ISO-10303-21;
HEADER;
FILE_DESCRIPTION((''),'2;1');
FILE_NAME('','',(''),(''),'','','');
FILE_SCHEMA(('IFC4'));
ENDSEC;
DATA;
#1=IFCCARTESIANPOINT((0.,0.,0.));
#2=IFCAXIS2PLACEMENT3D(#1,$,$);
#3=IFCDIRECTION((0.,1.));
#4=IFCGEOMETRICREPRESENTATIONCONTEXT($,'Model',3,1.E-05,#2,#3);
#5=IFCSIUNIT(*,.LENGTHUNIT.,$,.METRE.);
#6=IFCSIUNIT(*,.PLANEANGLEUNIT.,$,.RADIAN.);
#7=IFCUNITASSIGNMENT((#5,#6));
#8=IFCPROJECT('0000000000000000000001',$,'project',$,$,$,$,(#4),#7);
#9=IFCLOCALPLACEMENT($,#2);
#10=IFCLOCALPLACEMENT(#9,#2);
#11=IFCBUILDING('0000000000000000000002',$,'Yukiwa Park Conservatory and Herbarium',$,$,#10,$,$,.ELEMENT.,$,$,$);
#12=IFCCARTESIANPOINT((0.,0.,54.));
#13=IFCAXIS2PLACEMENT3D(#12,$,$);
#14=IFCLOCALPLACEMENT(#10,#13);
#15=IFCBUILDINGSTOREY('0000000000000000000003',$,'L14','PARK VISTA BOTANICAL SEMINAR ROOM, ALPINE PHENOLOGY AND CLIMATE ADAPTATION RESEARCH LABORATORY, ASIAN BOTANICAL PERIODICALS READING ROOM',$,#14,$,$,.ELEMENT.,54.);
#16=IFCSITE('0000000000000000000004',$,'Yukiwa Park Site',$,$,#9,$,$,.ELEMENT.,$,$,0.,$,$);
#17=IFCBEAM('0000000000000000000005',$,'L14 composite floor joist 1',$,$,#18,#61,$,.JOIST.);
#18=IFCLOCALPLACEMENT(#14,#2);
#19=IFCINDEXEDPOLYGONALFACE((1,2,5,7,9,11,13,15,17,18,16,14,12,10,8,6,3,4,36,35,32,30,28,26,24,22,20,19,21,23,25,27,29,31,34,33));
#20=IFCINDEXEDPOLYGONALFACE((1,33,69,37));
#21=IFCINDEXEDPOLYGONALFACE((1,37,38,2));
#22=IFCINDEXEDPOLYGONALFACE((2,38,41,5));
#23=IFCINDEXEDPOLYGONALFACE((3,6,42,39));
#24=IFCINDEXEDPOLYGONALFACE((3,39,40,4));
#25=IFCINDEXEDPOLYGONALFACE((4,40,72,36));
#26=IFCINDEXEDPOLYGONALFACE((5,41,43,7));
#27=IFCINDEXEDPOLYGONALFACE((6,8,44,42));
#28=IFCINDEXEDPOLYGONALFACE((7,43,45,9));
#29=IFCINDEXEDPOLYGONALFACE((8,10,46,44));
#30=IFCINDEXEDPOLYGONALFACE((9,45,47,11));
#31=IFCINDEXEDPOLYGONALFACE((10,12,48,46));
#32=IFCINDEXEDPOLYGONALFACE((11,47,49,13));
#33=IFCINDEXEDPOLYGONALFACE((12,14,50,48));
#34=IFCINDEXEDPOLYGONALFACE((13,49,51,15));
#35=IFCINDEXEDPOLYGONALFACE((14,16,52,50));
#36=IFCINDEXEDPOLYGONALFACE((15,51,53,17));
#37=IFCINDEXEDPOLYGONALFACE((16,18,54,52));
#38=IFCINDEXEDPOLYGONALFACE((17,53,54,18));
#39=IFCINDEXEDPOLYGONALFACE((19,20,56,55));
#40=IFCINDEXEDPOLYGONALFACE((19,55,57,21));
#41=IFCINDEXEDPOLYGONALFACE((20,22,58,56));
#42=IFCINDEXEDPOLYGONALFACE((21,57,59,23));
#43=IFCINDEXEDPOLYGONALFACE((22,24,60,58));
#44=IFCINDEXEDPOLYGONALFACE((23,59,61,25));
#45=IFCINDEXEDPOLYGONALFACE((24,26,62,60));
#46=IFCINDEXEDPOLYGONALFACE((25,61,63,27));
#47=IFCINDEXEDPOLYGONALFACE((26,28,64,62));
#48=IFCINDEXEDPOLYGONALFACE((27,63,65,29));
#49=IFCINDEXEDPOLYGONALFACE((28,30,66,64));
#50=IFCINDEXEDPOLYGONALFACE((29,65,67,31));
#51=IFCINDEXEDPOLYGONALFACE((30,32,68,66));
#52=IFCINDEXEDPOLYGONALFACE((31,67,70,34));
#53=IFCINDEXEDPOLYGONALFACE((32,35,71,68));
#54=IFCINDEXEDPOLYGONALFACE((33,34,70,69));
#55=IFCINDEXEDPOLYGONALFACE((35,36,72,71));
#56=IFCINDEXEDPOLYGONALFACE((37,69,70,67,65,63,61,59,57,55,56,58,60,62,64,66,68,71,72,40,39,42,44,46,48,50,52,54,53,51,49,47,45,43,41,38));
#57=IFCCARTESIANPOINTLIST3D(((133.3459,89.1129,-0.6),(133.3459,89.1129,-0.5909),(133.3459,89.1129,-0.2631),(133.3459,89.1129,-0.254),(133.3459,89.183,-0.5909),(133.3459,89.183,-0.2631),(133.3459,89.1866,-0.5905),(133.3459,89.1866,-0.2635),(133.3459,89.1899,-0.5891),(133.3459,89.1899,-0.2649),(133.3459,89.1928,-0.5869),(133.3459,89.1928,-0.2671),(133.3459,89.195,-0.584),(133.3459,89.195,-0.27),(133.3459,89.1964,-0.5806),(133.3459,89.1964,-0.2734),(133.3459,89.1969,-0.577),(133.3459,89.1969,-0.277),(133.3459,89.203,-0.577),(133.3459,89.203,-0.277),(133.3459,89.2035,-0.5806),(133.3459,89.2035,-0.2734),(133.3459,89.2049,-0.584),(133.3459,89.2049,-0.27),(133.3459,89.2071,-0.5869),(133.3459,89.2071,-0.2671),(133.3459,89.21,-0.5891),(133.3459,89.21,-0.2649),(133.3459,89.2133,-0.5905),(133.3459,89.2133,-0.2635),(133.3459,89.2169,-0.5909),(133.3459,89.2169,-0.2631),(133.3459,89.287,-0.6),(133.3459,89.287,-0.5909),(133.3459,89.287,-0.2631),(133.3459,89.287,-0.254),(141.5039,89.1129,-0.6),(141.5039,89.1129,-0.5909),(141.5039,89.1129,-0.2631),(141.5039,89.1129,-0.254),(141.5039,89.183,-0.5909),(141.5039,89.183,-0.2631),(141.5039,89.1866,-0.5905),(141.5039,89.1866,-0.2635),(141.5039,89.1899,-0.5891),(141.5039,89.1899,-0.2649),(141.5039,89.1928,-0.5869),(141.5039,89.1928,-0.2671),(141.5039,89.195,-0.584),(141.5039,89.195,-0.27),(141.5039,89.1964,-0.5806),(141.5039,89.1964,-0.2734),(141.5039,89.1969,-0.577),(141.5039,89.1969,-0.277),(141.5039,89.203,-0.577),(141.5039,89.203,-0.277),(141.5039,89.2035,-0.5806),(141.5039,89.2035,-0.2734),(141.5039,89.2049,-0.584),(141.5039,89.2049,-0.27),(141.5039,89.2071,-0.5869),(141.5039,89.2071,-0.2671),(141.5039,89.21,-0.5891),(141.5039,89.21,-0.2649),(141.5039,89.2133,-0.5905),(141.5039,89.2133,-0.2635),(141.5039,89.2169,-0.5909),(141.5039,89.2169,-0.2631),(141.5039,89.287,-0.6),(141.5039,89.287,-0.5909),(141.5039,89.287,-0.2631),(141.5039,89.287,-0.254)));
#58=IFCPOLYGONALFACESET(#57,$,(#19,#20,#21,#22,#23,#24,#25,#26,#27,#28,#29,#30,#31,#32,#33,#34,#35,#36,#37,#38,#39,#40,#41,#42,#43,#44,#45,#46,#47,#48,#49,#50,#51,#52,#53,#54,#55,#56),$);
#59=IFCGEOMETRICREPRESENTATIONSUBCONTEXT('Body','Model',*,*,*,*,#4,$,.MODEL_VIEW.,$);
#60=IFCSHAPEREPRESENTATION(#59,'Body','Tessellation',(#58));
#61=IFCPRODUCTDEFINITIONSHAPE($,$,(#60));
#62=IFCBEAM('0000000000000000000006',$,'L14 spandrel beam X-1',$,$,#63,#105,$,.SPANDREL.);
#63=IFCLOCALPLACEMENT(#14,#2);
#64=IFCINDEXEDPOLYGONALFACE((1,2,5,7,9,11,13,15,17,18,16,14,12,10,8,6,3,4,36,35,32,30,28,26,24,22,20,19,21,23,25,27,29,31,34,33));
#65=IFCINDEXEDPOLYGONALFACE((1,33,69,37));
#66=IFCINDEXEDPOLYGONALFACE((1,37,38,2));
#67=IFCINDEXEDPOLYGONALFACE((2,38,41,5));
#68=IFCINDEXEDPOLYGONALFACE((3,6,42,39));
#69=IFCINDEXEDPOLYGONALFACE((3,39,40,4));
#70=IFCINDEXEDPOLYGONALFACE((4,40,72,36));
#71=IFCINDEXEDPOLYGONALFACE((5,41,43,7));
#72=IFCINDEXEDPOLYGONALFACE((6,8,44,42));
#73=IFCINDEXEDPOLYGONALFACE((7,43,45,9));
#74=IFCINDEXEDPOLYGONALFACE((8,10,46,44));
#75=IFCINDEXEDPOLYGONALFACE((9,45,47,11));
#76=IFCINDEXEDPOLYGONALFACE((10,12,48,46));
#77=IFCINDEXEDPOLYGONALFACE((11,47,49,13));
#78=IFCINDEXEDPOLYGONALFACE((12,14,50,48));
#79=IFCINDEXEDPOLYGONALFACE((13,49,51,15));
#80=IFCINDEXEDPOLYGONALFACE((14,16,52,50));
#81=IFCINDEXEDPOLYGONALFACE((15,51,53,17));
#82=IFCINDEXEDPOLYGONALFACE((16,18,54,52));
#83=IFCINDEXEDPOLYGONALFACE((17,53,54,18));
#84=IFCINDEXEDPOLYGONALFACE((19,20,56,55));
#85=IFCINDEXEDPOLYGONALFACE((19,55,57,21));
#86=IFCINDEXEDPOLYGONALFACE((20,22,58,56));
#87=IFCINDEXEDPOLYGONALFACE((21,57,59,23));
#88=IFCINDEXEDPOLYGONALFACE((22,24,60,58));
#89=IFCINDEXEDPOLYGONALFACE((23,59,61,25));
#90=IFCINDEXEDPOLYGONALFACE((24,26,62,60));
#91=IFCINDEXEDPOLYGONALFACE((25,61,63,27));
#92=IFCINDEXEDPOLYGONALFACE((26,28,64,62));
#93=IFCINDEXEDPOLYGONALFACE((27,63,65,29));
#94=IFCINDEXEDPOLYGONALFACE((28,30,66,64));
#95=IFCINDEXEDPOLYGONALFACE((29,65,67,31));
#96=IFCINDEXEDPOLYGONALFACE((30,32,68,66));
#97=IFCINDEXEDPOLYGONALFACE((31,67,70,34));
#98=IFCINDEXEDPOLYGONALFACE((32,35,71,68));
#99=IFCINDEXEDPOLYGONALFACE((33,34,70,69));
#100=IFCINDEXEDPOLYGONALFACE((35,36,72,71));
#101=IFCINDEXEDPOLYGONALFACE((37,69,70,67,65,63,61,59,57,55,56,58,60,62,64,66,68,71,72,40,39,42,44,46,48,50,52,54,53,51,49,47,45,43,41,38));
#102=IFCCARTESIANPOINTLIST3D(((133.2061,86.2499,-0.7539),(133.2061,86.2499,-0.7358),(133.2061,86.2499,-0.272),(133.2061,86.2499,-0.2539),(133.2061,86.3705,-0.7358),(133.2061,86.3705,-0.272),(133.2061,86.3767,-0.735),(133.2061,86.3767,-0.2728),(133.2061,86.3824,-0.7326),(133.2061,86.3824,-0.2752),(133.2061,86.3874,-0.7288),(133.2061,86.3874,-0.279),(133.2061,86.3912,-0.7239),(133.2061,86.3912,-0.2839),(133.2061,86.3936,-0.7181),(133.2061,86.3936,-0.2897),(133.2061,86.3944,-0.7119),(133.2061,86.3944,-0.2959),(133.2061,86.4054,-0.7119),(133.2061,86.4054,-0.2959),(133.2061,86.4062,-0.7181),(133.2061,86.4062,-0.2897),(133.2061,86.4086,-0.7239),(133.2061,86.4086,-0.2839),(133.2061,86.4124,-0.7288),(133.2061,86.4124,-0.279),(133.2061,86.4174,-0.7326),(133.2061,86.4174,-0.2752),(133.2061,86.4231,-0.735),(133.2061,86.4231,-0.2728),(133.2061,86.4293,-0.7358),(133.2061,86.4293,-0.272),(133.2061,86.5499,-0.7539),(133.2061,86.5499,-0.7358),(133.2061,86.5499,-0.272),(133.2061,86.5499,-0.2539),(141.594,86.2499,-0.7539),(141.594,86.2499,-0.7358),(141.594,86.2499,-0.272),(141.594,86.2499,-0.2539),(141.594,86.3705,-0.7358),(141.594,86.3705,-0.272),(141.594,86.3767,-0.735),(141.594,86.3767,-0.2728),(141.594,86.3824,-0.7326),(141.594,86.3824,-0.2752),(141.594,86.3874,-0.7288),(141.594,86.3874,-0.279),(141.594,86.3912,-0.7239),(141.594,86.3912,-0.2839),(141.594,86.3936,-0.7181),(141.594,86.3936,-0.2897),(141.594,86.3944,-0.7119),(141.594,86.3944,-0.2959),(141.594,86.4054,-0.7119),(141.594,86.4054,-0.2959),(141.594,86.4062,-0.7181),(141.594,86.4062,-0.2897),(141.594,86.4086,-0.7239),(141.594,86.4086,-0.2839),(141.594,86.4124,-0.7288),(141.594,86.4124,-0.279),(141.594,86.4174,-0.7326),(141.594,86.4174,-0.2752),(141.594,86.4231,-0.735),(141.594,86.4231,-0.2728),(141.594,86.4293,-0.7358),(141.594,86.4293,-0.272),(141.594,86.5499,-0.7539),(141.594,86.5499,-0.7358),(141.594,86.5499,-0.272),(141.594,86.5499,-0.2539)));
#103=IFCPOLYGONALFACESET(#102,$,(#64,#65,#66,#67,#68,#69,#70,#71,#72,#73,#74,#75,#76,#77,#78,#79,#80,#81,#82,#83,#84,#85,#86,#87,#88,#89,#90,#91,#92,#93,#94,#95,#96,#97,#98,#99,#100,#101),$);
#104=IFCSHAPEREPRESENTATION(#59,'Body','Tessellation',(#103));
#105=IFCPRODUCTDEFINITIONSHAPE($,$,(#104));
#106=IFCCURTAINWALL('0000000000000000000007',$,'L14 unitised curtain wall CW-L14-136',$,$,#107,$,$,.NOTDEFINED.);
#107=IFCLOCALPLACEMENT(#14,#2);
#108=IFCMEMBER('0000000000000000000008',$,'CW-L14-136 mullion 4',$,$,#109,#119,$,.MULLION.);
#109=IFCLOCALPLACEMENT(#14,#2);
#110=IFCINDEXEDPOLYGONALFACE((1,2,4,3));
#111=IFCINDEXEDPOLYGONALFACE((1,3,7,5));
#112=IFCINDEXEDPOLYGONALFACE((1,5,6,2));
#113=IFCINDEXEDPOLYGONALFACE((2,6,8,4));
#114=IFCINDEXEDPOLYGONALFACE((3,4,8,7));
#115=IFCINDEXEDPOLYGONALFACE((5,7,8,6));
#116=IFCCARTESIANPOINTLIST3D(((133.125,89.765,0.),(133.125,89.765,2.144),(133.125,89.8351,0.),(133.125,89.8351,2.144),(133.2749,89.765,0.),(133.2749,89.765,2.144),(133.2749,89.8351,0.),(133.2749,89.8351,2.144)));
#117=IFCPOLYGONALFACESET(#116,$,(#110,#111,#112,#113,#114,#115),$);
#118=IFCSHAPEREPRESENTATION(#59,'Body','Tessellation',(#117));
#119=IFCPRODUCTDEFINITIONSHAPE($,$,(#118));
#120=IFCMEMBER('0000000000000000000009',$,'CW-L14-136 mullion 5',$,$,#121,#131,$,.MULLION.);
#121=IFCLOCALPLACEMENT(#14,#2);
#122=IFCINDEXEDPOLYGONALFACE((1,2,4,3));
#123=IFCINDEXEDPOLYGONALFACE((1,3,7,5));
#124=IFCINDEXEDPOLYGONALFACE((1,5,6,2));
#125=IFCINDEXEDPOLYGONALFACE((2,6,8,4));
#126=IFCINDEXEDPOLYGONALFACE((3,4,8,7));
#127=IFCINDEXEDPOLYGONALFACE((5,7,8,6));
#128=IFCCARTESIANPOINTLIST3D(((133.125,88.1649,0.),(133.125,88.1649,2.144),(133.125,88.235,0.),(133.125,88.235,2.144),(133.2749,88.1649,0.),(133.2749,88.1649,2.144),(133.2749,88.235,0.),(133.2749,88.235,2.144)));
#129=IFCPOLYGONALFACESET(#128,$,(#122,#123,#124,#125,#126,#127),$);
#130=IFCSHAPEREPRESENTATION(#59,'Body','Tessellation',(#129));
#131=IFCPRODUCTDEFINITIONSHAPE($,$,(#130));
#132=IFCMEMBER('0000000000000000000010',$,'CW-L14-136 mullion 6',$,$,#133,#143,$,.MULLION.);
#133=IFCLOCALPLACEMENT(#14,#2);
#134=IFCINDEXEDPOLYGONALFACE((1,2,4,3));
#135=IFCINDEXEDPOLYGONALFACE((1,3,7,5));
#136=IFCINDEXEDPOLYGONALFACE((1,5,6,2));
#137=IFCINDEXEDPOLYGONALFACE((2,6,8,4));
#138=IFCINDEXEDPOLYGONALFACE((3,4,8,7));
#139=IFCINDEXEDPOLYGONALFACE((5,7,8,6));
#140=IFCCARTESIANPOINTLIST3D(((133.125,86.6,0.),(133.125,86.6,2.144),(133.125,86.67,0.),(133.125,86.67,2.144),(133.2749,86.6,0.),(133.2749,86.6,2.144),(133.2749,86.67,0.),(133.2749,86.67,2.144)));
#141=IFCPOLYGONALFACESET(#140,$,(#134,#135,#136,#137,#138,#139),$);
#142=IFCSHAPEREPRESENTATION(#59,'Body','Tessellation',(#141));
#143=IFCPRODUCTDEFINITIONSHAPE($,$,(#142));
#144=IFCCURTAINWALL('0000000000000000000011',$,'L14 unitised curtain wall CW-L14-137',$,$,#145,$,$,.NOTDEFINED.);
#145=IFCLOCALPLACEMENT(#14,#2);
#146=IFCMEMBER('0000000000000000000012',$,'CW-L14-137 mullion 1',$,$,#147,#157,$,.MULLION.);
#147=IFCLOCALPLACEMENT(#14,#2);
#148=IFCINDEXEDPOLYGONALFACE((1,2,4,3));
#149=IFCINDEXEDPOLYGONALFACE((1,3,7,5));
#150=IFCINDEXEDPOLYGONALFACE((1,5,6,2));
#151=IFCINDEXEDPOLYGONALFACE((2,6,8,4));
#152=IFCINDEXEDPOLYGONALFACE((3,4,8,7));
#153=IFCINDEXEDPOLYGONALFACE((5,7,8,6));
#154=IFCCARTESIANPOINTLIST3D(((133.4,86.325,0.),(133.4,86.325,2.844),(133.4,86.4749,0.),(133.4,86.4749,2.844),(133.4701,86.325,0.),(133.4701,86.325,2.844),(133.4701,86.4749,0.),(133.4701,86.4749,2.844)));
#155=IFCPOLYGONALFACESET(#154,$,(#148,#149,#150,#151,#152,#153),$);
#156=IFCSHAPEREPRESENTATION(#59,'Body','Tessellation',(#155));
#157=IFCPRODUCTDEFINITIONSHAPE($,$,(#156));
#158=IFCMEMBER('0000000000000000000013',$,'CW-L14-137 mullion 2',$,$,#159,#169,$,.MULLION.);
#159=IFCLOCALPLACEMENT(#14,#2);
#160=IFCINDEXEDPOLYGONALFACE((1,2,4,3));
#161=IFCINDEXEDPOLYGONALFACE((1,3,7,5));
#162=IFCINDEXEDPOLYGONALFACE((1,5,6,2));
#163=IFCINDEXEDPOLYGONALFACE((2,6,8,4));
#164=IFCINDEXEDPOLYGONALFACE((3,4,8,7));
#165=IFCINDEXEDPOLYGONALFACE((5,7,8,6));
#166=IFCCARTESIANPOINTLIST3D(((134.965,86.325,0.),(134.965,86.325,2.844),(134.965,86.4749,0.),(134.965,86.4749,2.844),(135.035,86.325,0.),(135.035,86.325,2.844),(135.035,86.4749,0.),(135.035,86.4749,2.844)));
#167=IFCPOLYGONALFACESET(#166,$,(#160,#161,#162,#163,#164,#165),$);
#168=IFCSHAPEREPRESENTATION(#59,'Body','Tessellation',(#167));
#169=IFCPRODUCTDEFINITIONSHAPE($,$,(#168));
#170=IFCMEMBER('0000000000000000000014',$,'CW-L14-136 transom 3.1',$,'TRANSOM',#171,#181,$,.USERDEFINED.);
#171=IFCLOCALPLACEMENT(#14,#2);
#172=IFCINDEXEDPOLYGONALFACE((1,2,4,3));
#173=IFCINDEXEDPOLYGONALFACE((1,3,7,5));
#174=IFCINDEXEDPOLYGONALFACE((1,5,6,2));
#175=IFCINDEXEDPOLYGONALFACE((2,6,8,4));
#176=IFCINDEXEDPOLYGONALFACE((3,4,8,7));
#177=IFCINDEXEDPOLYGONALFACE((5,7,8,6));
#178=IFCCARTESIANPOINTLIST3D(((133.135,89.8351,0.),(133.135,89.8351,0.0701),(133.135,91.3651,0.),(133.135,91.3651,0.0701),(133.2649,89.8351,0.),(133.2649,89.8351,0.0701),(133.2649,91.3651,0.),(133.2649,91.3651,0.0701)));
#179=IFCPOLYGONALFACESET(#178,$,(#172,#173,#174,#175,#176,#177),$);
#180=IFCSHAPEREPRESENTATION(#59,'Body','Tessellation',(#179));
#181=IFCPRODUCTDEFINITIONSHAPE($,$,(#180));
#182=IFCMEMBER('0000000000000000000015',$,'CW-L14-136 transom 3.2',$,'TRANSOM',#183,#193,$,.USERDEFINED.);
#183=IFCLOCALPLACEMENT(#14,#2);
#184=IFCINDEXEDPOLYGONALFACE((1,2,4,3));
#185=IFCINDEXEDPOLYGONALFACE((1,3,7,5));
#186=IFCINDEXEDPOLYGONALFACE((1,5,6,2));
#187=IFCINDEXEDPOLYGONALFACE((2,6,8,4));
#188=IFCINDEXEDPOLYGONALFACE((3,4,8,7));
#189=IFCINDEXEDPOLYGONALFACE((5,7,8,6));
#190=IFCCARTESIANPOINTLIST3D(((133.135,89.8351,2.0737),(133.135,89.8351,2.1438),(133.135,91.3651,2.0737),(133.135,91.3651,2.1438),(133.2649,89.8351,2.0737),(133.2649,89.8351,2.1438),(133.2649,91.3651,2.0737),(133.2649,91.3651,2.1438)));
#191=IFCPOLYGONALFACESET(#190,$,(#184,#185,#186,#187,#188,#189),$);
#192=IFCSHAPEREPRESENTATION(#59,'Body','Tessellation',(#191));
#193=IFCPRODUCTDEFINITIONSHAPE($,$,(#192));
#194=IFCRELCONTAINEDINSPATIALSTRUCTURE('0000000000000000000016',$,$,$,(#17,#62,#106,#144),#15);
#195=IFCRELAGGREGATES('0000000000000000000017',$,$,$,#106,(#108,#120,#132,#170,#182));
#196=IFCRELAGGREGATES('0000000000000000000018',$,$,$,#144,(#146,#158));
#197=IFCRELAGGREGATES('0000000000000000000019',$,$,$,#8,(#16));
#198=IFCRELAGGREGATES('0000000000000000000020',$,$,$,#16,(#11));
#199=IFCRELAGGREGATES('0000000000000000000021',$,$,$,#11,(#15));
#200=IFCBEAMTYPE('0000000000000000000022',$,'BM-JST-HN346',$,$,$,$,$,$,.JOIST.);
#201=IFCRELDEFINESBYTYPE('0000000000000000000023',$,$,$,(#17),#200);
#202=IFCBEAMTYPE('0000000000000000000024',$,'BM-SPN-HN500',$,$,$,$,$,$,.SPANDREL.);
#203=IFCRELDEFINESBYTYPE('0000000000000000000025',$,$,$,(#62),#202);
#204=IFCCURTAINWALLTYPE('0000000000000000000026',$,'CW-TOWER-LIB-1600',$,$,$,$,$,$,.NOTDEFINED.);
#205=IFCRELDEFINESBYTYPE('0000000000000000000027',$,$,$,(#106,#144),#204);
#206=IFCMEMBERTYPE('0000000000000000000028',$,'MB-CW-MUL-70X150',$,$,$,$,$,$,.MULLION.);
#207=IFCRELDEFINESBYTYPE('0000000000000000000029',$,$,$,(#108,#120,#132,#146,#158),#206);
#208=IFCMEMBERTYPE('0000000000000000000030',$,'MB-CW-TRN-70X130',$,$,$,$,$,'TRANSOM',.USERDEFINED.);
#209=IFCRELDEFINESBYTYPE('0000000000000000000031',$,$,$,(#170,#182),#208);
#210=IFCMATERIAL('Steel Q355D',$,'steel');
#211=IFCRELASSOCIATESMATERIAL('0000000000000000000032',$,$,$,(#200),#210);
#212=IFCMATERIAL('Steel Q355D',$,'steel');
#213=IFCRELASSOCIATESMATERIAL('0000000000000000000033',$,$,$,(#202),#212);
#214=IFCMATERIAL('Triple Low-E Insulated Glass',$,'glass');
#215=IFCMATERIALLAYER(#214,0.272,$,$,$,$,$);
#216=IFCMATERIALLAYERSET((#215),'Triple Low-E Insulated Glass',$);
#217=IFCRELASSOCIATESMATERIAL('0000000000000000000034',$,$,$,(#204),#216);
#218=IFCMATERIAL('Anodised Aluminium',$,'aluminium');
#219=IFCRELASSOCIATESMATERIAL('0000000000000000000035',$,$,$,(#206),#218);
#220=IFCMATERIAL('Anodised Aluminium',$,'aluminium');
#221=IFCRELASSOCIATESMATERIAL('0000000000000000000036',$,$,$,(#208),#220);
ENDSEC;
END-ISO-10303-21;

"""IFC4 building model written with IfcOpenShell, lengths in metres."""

from ifc_helpers import new_model, si_unit, direction, frame, origin, origin_2d, place, context, subcontext, project, spatial, rectangle, i_section, extrude, material, layer, layer_set, material_profile, profile_set, type_object, element, aggregate, save


model = new_model("IFC4")

# Units and contexts
model_context = context("Model", 3, precision=1e-05, world=origin(), true_north=direction((0.0, 1.0)))
body_context = subcontext(model_context, "Body", "Model", "MODEL_VIEW")
ifc_project = project(units=[si_unit("LENGTHUNIT", "METRE"), si_unit("PLANEANGLEUNIT", "RADIAN")], contexts=[model_context])

# Site, building, storey
site_placement = place(None, origin())
site = spatial("IfcSite", under=ifc_project, at=site_placement, Name="Yukiwa Park Site", CompositionType="ELEMENT", RefElevation=0.0)
building_placement = place(site_placement, origin())
building = spatial("IfcBuilding", under=site, at=building_placement, Name="Yukiwa Park Conservatory and Herbarium", CompositionType="ELEMENT")
storey_placement = place(building_placement, frame((0.0, 0.0, 54.0)))
storey = spatial("IfcBuildingStorey", under=building, at=storey_placement, Name="L14", Description="PARK VISTA BOTANICAL SEMINAR ROOM, ALPINE PHENOLOGY AND CLIMATE ADAPTATION RESEARCH LABORATORY, ASIAN BOTANICAL PERIODICALS READING ROOM", CompositionType="ELEMENT", Elevation=54.0)

# Beams
ifc_material_1 = material(Name="Steel Q355D", Category="steel")
ifc_material_profile_1 = material_profile(ifc_material_1, i_section(OverallWidth=0.1741, OverallDepth=0.3459, WebThickness=0.0061, FlangeThickness=0.009, FilletRadius=0.0139, at=origin_2d()), Name="HN 346x174x6x9")
ifc_profile_set_1 = profile_set([ifc_material_profile_1], Name="Steel Q355D")
beam_type_1 = type_object("IfcBeamType", Name="BM-JST-HN346", PredefinedType="JOIST", material=ifc_profile_set_1)
beam_1_placement = place(storey_placement, frame((133.3459, 89.2, -0.427), z_axis=(1.0, 0.0, 0.0), x_axis=(0.0, 1.0, 0.0)))
element("IfcBeam", 1, at=beam_1_placement, inside=storey, type_object=beam_type_1, Name="L14 composite floor joist 1", PredefinedType="JOIST", context=body_context, shape_type="SweptSolid", body=[
    extrude(i_section(OverallWidth=0.1741, OverallDepth=0.3459, WebThickness=0.0061, FlangeThickness=0.009, FilletRadius=0.0139, at=origin_2d()), origin(), (0.0, 0.0, 1.0), 8.158),
])
ifc_material_2 = material(Name="Steel Q355D", Category="steel")
ifc_material_profile_2 = material_profile(ifc_material_2, i_section(OverallWidth=0.3, OverallDepth=0.5, WebThickness=0.011, FlangeThickness=0.0181, FilletRadius=0.0239, at=origin_2d()), Name="HM 500x300x11x18")
ifc_profile_set_2 = profile_set([ifc_material_profile_2], Name="Steel Q355D")
beam_type_2 = type_object("IfcBeamType", Name="BM-SPN-HN500", PredefinedType="SPANDREL", material=ifc_profile_set_2)
beam_2_placement = place(storey_placement, frame((133.2061, 86.3999, -0.5039), z_axis=(1.0, 0.0, 0.0), x_axis=(0.0, 1.0, 0.0)))
element("IfcBeam", 2, at=beam_2_placement, inside=storey, type_object=beam_type_2, Name="L14 spandrel beam X-1", PredefinedType="SPANDREL", context=body_context, shape_type="SweptSolid", body=[
    extrude(i_section(OverallWidth=0.3, OverallDepth=0.5, WebThickness=0.011, FlangeThickness=0.0181, FilletRadius=0.0239, at=origin_2d()), origin(), (0.0, 0.0, 1.0), 8.3879),
])

# Curtain walls, members
ifc_material_3 = material(Name="Triple Low-E Insulated Glass", Category="glass")
ifc_layer_1 = layer(ifc_material_3, 0.272)
ifc_layer_set_1 = layer_set([ifc_layer_1], Name="Triple Low-E Insulated Glass")
curtain_wall_type = type_object("IfcCurtainWallType", Name="CW-TOWER-LIB-1600", PredefinedType="NOTDEFINED", material=ifc_layer_set_1)
curtain_wall_1_placement = place(storey_placement, origin())
curtain_wall_1 = element("IfcCurtainWall", 3, at=curtain_wall_1_placement, inside=storey, type_object=curtain_wall_type, Name="L14 unitised curtain wall CW-L14-136", PredefinedType="NOTDEFINED")
ifc_material_4 = material(Name="Anodised Aluminium", Category="aluminium")
member_type_1 = type_object("IfcMemberType", Name="MB-CW-MUL-70X150", PredefinedType="MULLION", material=ifc_material_4)
member_1_placement = place(storey_placement, frame((133.2, 89.8, 0.0), z_axis=(0.0, 0.0, 1.0), x_axis=(0.0, -1.0, 0.0)))
member_1 = element("IfcMember", 4, at=member_1_placement, type_object=member_type_1, Name="CW-L14-136 mullion 4", PredefinedType="MULLION", context=body_context, shape_type="SweptSolid", body=[
    extrude(rectangle(XDim=0.0701, YDim=0.1499, at=origin_2d()), origin(), (0.0, 0.0, 1.0), 2.144),
])
member_2_placement = place(storey_placement, frame((133.2, 88.2, 0.0), z_axis=(0.0, 0.0, 1.0), x_axis=(0.0, -1.0, 0.0)))
member_2 = element("IfcMember", 5, at=member_2_placement, type_object=member_type_1, Name="CW-L14-136 mullion 5", PredefinedType="MULLION", context=body_context, shape_type="SweptSolid", body=[
    extrude(rectangle(XDim=0.0701, YDim=0.1499, at=origin_2d()), origin(), (0.0, 0.0, 1.0), 2.144),
])
member_3_placement = place(storey_placement, frame((133.2, 86.635, 0.0), z_axis=(0.0, 0.0, 1.0), x_axis=(0.0, -1.0, 0.0)))
member_3 = element("IfcMember", 6, at=member_3_placement, type_object=member_type_1, Name="CW-L14-136 mullion 6", PredefinedType="MULLION", context=body_context, shape_type="SweptSolid", body=[
    extrude(rectangle(XDim=0.0701, YDim=0.1499, at=origin_2d()), origin(), (0.0, 0.0, 1.0), 2.144),
])
curtain_wall_2_placement = place(storey_placement, origin())
curtain_wall_2 = element("IfcCurtainWall", 7, at=curtain_wall_2_placement, inside=storey, type_object=curtain_wall_type, Name="L14 unitised curtain wall CW-L14-137", PredefinedType="NOTDEFINED")
member_4_placement = place(storey_placement, frame((133.4351, 86.3999, 0.0), z_axis=(0.0, 0.0, 1.0), x_axis=(1.0, 0.0, 0.0)))
member_4 = element("IfcMember", 8, at=member_4_placement, type_object=member_type_1, Name="CW-L14-137 mullion 1", PredefinedType="MULLION", context=body_context, shape_type="SweptSolid", body=[
    extrude(rectangle(XDim=0.0701, YDim=0.1499, at=origin_2d()), origin(), (0.0, 0.0, 1.0), 2.844),
])
member_5_placement = place(storey_placement, frame((135.0, 86.3999, 0.0), z_axis=(0.0, 0.0, 1.0), x_axis=(1.0, 0.0, 0.0)))
member_5 = element("IfcMember", 9, at=member_5_placement, type_object=member_type_1, Name="CW-L14-137 mullion 2", PredefinedType="MULLION", context=body_context, shape_type="SweptSolid", body=[
    extrude(rectangle(XDim=0.0701, YDim=0.1499, at=origin_2d()), origin(), (0.0, 0.0, 1.0), 2.844),
])

# Members
ifc_material_5 = material(Name="Anodised Aluminium", Category="aluminium")
member_type_2 = type_object("IfcMemberType", Name="MB-CW-TRN-70X130", ElementType="TRANSOM", PredefinedType="USERDEFINED", material=ifc_material_5)
member_6_placement = place(storey_placement, frame((133.2, 90.6001, 0.0), z_axis=(0.0, 0.0, 1.0), x_axis=(0.0, -1.0, 0.0)))
member_6 = element("IfcMember", 10, at=member_6_placement, type_object=member_type_2, Name="CW-L14-136 transom 3.1", ObjectType="TRANSOM", PredefinedType="USERDEFINED", context=body_context, shape_type="SweptSolid", body=[
    extrude(rectangle(XDim=1.53, YDim=0.1299, at=origin_2d()), origin(), (0.0, 0.0, 1.0), 0.0701),
])
member_7_placement = place(storey_placement, frame((133.2, 90.6001, 2.0737), z_axis=(0.0, 0.0, 1.0), x_axis=(0.0, -1.0, 0.0)))
member_7 = element("IfcMember", 11, at=member_7_placement, type_object=member_type_2, Name="CW-L14-136 transom 3.2", ObjectType="TRANSOM", PredefinedType="USERDEFINED", context=body_context, shape_type="SweptSolid", body=[
    extrude(rectangle(XDim=1.53, YDim=0.1299, at=origin_2d()), origin(), (0.0, 0.0, 1.0), 0.0701),
])

aggregate(curtain_wall_1, [member_1, member_2, member_3, member_6, member_7])
aggregate(curtain_wall_2, [member_4, member_5])

save(model, "model.ifc")
